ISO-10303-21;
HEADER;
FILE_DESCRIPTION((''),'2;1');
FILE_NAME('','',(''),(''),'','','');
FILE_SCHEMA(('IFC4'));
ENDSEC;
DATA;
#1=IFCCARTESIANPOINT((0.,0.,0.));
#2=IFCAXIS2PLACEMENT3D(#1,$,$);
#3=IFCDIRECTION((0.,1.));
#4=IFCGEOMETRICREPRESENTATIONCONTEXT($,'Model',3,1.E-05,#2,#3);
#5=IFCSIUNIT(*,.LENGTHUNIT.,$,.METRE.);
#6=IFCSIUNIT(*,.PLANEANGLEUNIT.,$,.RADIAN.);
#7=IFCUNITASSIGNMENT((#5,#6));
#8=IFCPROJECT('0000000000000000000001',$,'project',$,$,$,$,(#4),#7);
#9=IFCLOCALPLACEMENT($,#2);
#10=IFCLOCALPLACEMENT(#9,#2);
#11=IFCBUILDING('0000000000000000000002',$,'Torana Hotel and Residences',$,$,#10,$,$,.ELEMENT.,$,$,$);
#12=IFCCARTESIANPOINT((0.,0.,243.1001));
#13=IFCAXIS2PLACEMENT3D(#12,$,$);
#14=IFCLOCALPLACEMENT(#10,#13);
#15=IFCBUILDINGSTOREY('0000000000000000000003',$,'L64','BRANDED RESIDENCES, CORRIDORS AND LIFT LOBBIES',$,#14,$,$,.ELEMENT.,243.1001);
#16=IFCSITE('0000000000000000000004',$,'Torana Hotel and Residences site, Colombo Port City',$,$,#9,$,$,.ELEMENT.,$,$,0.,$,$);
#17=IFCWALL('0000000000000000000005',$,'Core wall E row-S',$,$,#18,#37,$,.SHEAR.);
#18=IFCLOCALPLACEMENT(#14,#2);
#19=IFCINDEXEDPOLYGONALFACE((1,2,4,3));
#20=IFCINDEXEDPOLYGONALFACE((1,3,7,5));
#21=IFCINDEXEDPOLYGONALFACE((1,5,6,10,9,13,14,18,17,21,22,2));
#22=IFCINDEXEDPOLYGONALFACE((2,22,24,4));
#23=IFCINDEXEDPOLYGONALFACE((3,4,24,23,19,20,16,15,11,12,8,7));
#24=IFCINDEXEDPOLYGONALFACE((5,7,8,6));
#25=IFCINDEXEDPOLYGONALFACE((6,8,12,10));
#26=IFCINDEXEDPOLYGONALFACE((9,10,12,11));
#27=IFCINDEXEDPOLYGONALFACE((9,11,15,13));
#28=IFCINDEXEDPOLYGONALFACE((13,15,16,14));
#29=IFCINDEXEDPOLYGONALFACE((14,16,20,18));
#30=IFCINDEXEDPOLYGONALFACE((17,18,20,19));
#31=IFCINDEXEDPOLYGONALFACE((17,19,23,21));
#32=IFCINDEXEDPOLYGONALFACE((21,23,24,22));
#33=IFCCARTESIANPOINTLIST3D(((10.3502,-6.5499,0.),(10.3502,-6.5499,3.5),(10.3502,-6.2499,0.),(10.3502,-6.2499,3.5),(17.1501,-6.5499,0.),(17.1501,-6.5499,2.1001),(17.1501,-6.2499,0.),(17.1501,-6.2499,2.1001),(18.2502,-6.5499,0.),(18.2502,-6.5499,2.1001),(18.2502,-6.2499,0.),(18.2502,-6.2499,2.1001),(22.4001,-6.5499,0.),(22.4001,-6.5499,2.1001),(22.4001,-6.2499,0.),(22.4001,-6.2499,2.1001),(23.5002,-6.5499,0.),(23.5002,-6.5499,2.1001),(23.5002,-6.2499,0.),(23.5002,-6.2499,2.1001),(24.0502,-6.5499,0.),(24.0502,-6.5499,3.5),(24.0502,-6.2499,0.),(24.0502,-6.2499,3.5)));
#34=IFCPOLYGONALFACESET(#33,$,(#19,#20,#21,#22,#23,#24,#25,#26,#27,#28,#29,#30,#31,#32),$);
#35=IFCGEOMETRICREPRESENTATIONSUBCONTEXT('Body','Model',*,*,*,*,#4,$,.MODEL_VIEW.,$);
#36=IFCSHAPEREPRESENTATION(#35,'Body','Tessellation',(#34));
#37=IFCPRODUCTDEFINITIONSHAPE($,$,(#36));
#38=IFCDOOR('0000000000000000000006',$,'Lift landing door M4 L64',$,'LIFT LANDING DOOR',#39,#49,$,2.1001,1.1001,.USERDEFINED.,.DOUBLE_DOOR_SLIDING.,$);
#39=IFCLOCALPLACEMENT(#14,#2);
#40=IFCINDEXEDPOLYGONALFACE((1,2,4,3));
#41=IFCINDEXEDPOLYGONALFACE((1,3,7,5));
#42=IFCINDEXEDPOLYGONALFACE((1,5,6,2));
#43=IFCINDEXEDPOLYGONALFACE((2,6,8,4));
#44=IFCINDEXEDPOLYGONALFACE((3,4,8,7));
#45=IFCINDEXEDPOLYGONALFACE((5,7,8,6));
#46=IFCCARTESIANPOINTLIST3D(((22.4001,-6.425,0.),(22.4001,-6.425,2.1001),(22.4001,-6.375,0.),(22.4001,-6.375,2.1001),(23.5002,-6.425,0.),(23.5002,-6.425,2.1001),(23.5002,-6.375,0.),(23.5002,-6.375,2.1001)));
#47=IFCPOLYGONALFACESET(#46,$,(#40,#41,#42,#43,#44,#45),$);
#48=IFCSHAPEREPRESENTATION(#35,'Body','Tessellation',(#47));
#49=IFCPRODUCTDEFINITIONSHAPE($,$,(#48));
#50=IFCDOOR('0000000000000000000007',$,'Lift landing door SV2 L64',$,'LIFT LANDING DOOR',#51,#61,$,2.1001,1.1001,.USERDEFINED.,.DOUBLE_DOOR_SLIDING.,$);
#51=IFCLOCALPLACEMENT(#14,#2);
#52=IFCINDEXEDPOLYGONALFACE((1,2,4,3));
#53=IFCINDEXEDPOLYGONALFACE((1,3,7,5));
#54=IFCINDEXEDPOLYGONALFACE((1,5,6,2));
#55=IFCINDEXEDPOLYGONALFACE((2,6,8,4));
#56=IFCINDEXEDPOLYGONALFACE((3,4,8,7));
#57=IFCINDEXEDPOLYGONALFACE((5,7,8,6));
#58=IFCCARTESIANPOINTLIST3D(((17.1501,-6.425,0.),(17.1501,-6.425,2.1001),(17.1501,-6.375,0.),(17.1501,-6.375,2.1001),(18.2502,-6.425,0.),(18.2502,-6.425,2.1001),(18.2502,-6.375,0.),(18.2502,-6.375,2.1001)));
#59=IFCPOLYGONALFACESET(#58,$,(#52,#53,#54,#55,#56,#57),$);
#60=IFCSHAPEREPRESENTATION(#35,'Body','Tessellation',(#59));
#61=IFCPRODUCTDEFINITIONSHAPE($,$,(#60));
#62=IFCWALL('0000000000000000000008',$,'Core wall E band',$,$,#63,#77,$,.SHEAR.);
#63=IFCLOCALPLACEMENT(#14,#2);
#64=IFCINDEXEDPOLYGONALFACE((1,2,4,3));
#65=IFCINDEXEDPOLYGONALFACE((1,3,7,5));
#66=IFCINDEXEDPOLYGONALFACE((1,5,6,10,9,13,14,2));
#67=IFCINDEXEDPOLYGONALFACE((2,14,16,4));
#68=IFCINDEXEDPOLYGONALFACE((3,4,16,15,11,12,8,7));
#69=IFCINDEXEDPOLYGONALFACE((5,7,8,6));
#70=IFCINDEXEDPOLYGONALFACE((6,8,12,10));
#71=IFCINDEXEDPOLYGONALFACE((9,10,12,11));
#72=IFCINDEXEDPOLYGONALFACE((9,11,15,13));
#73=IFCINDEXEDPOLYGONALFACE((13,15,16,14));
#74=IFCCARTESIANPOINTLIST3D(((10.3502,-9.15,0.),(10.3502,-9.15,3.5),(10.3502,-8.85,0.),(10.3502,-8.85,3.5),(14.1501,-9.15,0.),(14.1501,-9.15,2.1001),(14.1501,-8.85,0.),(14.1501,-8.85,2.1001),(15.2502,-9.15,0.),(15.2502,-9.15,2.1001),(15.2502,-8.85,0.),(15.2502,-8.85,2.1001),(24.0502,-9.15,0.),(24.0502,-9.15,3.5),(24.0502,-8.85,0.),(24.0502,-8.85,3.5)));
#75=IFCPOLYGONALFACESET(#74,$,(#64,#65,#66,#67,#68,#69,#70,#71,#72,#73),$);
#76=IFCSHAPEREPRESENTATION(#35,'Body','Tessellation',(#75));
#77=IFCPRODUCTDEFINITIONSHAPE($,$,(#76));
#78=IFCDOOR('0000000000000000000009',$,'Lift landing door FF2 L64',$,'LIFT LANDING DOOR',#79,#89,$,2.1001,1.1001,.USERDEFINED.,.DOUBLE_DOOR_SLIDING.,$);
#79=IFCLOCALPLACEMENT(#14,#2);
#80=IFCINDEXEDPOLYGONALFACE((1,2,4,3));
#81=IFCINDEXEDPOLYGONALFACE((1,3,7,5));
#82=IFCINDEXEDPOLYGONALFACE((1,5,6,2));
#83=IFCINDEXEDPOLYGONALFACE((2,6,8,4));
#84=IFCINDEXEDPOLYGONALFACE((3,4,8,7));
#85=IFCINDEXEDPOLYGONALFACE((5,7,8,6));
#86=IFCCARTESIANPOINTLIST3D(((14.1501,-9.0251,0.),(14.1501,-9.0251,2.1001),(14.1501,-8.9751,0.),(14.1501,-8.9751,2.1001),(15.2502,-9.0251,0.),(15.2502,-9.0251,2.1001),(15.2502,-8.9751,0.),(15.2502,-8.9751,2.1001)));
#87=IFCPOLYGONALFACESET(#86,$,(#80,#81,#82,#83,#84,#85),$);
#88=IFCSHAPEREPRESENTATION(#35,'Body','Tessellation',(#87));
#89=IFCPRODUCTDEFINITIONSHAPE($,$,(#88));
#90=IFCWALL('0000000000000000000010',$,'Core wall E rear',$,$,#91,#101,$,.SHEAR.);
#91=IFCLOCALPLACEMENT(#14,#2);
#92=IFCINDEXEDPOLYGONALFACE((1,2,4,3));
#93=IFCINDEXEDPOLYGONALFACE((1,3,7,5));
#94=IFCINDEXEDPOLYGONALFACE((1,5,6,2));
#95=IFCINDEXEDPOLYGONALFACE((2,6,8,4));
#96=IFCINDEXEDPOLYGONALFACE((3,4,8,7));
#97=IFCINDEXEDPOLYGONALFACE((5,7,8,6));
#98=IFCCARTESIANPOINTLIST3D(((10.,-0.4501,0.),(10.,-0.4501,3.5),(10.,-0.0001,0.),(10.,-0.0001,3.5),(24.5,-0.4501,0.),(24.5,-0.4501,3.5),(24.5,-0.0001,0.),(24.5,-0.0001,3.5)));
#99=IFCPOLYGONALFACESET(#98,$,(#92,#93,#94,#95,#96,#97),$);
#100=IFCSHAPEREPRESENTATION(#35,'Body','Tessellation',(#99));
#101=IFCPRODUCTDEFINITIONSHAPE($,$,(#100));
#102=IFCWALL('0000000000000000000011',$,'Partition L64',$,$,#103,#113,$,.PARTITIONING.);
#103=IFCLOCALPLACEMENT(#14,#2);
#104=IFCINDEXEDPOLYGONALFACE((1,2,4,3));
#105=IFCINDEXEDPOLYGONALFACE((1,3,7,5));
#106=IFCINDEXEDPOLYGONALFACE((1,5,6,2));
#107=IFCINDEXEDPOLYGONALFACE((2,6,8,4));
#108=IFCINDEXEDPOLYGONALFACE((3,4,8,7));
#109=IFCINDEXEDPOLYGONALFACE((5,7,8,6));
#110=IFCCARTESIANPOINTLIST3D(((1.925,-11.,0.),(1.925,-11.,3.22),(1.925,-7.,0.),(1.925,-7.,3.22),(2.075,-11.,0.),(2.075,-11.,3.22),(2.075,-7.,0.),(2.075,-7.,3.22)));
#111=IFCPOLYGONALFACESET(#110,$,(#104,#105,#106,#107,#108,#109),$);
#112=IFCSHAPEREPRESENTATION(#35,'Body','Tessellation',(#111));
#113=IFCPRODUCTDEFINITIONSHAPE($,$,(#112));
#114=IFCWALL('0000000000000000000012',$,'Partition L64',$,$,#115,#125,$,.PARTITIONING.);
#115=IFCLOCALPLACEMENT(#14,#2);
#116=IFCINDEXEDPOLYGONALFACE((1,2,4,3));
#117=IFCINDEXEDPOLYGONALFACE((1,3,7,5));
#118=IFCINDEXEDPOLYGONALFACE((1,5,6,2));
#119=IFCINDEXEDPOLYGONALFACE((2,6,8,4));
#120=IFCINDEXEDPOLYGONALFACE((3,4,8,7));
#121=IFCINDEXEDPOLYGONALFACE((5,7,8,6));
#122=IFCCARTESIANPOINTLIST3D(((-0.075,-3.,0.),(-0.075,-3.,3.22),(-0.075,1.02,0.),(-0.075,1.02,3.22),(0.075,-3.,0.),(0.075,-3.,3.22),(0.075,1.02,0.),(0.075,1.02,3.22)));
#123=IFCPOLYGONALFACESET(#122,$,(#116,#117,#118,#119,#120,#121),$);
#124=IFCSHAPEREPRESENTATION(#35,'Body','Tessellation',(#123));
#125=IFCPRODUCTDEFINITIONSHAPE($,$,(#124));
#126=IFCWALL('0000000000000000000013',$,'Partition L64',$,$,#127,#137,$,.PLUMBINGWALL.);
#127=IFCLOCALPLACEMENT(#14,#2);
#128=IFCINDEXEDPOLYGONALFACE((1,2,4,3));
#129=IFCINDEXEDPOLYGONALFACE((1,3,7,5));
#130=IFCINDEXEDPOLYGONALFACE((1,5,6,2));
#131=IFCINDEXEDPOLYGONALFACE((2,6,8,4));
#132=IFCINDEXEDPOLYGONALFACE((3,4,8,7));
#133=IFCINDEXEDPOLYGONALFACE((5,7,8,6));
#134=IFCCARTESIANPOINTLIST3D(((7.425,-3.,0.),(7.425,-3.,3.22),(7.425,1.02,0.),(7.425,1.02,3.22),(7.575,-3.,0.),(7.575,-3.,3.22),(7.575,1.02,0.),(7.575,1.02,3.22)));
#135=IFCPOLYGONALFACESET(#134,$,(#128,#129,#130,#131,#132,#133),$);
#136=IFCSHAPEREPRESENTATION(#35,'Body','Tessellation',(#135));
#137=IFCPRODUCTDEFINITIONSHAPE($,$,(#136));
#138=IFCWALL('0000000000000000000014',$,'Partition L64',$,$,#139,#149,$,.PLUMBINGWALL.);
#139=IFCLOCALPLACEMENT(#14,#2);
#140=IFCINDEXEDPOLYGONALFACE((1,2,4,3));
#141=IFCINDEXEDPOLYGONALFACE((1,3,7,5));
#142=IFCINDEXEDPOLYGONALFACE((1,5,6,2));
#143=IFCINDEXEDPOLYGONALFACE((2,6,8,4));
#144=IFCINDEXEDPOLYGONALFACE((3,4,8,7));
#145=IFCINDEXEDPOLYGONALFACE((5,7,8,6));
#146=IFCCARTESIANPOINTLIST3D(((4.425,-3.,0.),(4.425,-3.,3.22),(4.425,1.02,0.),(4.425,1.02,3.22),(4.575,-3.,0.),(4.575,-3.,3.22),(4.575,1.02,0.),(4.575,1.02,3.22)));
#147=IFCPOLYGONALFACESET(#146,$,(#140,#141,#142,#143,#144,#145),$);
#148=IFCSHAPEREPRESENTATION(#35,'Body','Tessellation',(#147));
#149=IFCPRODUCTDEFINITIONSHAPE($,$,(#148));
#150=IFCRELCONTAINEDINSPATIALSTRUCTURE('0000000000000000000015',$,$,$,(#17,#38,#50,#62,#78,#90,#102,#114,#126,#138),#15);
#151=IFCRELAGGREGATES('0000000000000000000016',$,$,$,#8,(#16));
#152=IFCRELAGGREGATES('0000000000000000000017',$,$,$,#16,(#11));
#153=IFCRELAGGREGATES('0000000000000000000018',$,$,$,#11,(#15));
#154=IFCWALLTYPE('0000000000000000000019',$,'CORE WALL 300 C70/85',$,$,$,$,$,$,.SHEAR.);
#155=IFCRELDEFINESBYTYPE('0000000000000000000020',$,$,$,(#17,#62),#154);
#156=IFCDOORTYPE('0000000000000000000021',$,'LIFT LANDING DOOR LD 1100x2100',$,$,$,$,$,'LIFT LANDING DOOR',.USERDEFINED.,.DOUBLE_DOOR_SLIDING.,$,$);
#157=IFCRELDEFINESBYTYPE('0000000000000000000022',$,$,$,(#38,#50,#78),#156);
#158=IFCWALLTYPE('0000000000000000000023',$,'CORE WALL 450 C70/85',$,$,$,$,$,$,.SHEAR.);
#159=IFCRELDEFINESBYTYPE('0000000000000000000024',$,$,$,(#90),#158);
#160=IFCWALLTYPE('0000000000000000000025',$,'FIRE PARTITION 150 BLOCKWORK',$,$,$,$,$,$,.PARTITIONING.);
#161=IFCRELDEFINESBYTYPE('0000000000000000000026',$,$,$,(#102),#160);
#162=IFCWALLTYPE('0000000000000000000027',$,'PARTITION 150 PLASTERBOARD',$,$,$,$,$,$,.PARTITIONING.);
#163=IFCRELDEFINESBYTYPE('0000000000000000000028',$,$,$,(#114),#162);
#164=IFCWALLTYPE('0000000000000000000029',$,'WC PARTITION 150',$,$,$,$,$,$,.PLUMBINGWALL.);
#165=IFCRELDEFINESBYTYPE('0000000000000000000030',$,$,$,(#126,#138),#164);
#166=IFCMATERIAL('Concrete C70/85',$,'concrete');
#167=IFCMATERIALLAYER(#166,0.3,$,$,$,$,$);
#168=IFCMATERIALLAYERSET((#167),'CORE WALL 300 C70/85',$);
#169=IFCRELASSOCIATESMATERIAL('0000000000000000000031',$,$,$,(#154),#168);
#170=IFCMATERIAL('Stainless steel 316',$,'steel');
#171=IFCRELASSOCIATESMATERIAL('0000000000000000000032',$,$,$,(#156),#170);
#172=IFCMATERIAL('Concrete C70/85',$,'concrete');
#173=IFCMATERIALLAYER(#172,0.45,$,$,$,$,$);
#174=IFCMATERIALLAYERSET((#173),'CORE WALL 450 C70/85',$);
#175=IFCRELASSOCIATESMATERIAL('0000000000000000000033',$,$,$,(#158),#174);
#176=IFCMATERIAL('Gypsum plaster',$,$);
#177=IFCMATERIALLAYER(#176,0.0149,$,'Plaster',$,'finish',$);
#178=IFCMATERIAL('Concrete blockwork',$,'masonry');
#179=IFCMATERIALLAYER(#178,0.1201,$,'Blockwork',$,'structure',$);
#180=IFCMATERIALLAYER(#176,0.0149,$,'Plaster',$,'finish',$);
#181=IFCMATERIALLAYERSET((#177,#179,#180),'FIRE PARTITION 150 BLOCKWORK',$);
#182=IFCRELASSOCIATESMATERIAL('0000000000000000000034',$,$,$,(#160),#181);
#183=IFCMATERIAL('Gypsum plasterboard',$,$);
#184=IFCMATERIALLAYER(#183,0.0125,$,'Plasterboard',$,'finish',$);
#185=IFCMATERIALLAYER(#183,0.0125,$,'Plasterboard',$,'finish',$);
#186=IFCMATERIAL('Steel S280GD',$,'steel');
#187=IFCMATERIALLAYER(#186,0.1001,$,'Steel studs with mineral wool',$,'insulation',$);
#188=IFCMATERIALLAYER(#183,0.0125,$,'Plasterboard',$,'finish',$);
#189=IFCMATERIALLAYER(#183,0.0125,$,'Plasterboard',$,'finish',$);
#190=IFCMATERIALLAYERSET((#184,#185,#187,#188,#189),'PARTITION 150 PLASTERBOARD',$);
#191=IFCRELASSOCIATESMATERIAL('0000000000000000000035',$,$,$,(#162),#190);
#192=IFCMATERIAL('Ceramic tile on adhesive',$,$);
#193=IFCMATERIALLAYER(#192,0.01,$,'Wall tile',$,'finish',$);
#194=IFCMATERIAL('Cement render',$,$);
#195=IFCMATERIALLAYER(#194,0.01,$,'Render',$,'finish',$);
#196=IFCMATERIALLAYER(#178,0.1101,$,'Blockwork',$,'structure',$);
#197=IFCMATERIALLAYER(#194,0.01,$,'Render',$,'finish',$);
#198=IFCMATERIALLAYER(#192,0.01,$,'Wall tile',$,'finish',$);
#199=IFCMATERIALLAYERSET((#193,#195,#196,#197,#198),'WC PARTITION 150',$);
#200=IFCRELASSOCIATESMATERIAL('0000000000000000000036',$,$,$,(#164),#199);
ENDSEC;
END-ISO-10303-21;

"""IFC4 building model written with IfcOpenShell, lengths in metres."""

from ifc_helpers import new_model, si_unit, direction, frame, frame_2d, origin, place, context, subcontext, project, spatial, rectangle, extrude, material, layer, layer_set, type_object, element, fill, save


model = new_model("IFC4")

# Units and contexts
model_context = context("Model", 3, precision=1e-05, world=origin(), true_north=direction((0.0, 1.0)))
body_context = subcontext(model_context, "Body", "Model", "MODEL_VIEW")
ifc_project = project(units=[si_unit("LENGTHUNIT", "METRE"), si_unit("PLANEANGLEUNIT", "RADIAN")], contexts=[model_context])

# Site, building, storey
site_placement = place(None, origin())
site = spatial("IfcSite", under=ifc_project, at=site_placement, Name="Torana Hotel and Residences site, Colombo Port City", CompositionType="ELEMENT", RefElevation=0.0)
building_placement = place(site_placement, origin())
building = spatial("IfcBuilding", under=site, at=building_placement, Name="Torana Hotel and Residences", CompositionType="ELEMENT")
storey_placement = place(building_placement, frame((0.0, 0.0, 243.1001)))
storey = spatial("IfcBuildingStorey", under=building, at=storey_placement, Name="L64", Description="BRANDED RESIDENCES, CORRIDORS AND LIFT LOBBIES", CompositionType="ELEMENT", Elevation=243.1001)

# Wall, openings, doors
ifc_material_1 = material(Name="Concrete C70/85", Category="concrete")
ifc_layer_1 = layer(ifc_material_1, 0.3)
ifc_layer_set_1 = layer_set([ifc_layer_1], Name="CORE WALL 300 C70/85")
wall_type_1 = type_object("IfcWallType", Name="CORE WALL 300 C70/85", PredefinedType="SHEAR", material=ifc_layer_set_1)
ifc_material_2 = material(Name="Stainless steel 316", Category="steel")
door_type_1 = type_object("IfcDoorType", Name="LIFT LANDING DOOR LD 1100x2100", ElementType="LIFT LANDING DOOR", OperationType="DOUBLE_DOOR_SLIDING", PredefinedType="USERDEFINED", material=ifc_material_2)
wall_1_placement = place(storey_placement, frame((10.3501, -6.3999, 0.0), z_axis=(0.0, 0.0, 1.0), x_axis=(1.0, 0.0, 0.0)))
wall_1 = element("IfcWall", 1, at=wall_1_placement, inside=storey, type_object=wall_type_1, Name="Core wall E row-S", PredefinedType="SHEAR", context=body_context, shape_type="SweptSolid", body=[
    extrude(rectangle(XDim=13.7, YDim=0.3, at=frame_2d((6.8501, 0.0))), origin(), (0.0, 0.0, 1.0), 3.5),
])
opening_1_placement = place(wall_1_placement, frame((12.05, 0.0, 0.0)))
opening_1 = element("IfcOpeningElement", 2, at=opening_1_placement, cuts=wall_1, PredefinedType="OPENING", context=body_context, shape_type="SweptSolid", body=[
    extrude(rectangle(XDim=1.1001, YDim=2.1001, at=frame_2d((0.55, 1.05))), frame((0.0, 0.1599, 0.0), z_axis=(0.0, -1.0, 0.0), x_axis=(1.0, 0.0, 0.0)), (0.0, 0.0, 1.0), 0.3201),
])
opening_2_placement = place(wall_1_placement, frame((6.8, 0.0, 0.0)))
opening_2 = element("IfcOpeningElement", 3, at=opening_2_placement, cuts=wall_1, PredefinedType="OPENING", context=body_context, shape_type="SweptSolid", body=[
    extrude(rectangle(XDim=1.1001, YDim=2.1001, at=frame_2d((0.55, 1.05))), frame((0.0, 0.1599, 0.0), z_axis=(0.0, -1.0, 0.0), x_axis=(1.0, 0.0, 0.0)), (0.0, 0.0, 1.0), 0.3201),
])
door_1_placement = place(opening_1_placement, origin())
door_1 = element("IfcDoor", 4, at=door_1_placement, inside=storey, type_object=door_type_1, Name="Lift landing door M4 L64", ObjectType="LIFT LANDING DOOR", OperationType="DOUBLE_DOOR_SLIDING", OverallHeight=2.1001, OverallWidth=1.1001, PredefinedType="USERDEFINED", context=body_context, shape_type="SweptSolid", body=[
    extrude(rectangle(XDim=1.1001, YDim=2.1001, at=frame_2d((0.55, 1.05))), frame((0.0, 0.0249, 0.0), z_axis=(0.0, -1.0, 0.0), x_axis=(1.0, 0.0, 0.0)), (0.0, 0.0, 1.0), 0.05),
])
fill(opening_1, door_1)
door_2_placement = place(opening_2_placement, origin())
door_2 = element("IfcDoor", 5, at=door_2_placement, inside=storey, type_object=door_type_1, Name="Lift landing door SV2 L64", ObjectType="LIFT LANDING DOOR", OperationType="DOUBLE_DOOR_SLIDING", OverallHeight=2.1001, OverallWidth=1.1001, PredefinedType="USERDEFINED", context=body_context, shape_type="SweptSolid", body=[
    extrude(rectangle(XDim=1.1001, YDim=2.1001, at=frame_2d((0.55, 1.05))), frame((0.0, 0.0249, 0.0), z_axis=(0.0, -1.0, 0.0), x_axis=(1.0, 0.0, 0.0)), (0.0, 0.0, 1.0), 0.05),
])
fill(opening_2, door_2)

# Wall, opening, door
wall_2_placement = place(storey_placement, frame((10.3501, -9.0, 0.0), z_axis=(0.0, 0.0, 1.0), x_axis=(1.0, 0.0, 0.0)))
wall_2 = element("IfcWall", 6, at=wall_2_placement, inside=storey, type_object=wall_type_1, Name="Core wall E band", PredefinedType="SHEAR", context=body_context, shape_type="SweptSolid", body=[
    extrude(rectangle(XDim=13.7, YDim=0.3, at=frame_2d((6.8501, 0.0))), origin(), (0.0, 0.0, 1.0), 3.5),
])
opening_3_placement = place(wall_2_placement, frame((3.8, 0.0, 0.0)))
opening_3 = element("IfcOpeningElement", 7, at=opening_3_placement, cuts=wall_2, PredefinedType="OPENING", context=body_context, shape_type="SweptSolid", body=[
    extrude(rectangle(XDim=1.1001, YDim=2.1001, at=frame_2d((0.55, 1.05))), frame((0.0, 0.1599, 0.0), z_axis=(0.0, -1.0, 0.0), x_axis=(1.0, 0.0, 0.0)), (0.0, 0.0, 1.0), 0.3201),
])
door_3_placement = place(opening_3_placement, origin())
door_3 = element("IfcDoor", 8, at=door_3_placement, inside=storey, type_object=door_type_1, Name="Lift landing door FF2 L64", ObjectType="LIFT LANDING DOOR", OperationType="DOUBLE_DOOR_SLIDING", OverallHeight=2.1001, OverallWidth=1.1001, PredefinedType="USERDEFINED", context=body_context, shape_type="SweptSolid", body=[
    extrude(rectangle(XDim=1.1001, YDim=2.1001, at=frame_2d((0.55, 1.05))), frame((0.0, 0.0249, 0.0), z_axis=(0.0, -1.0, 0.0), x_axis=(1.0, 0.0, 0.0)), (0.0, 0.0, 1.0), 0.05),
])
fill(opening_3, door_3)

# Walls
ifc_material_3 = material(Name="Concrete C70/85", Category="concrete")
ifc_layer_2 = layer(ifc_material_3, 0.45)
ifc_layer_set_2 = layer_set([ifc_layer_2], Name="CORE WALL 450 C70/85")
wall_type_2 = type_object("IfcWallType", Name="CORE WALL 450 C70/85", PredefinedType="SHEAR", material=ifc_layer_set_2)
wall_3_placement = place(storey_placement, frame((10.0, -0.2251, 0.0), z_axis=(0.0, 0.0, 1.0), x_axis=(1.0, 0.0, 0.0)))
element("IfcWall", 9, at=wall_3_placement, inside=storey, type_object=wall_type_2, Name="Core wall E rear", PredefinedType="SHEAR", context=body_context, shape_type="SweptSolid", body=[
    extrude(rectangle(XDim=14.5, YDim=0.45, at=frame_2d((7.25, 0.0))), origin(), (0.0, 0.0, 1.0), 3.5),
])
ifc_material_4 = material(Name="Gypsum plaster")
ifc_layer_3 = layer(ifc_material_4, 0.0149, Name="Plaster", Category="finish")
ifc_material_5 = material(Name="Concrete blockwork", Category="masonry")
ifc_layer_4 = layer(ifc_material_5, 0.1201, Name="Blockwork", Category="structure")
ifc_layer_5 = layer(ifc_material_4, 0.0149, Name="Plaster", Category="finish")
ifc_layer_set_3 = layer_set([ifc_layer_3, ifc_layer_4, ifc_layer_5], Name="FIRE PARTITION 150 BLOCKWORK")
wall_type_3 = type_object("IfcWallType", Name="FIRE PARTITION 150 BLOCKWORK", PredefinedType="PARTITIONING", material=ifc_layer_set_3)
wall_4_placement = place(storey_placement, frame((2.0, -11.0, 0.0), z_axis=(0.0, 0.0, 1.0), x_axis=(0.0, 1.0, 0.0)))
element("IfcWall", 10, at=wall_4_placement, inside=storey, type_object=wall_type_3, Name="Partition L64", PredefinedType="PARTITIONING", context=body_context, shape_type="SweptSolid", body=[
    extrude(rectangle(XDim=4.0, YDim=0.1499, at=frame_2d((2.0, 0.0))), origin(), (0.0, 0.0, 1.0), 3.22),
])
ifc_material_6 = material(Name="Gypsum plasterboard")
ifc_layer_6 = layer(ifc_material_6, 0.0125, Name="Plasterboard", Category="finish")
ifc_layer_7 = layer(ifc_material_6, 0.0125, Name="Plasterboard", Category="finish")
ifc_material_7 = material(Name="Steel S280GD", Category="steel")
ifc_layer_8 = layer(ifc_material_7, 0.1001, Name="Steel studs with mineral wool", Category="insulation")
ifc_layer_9 = layer(ifc_material_6, 0.0125, Name="Plasterboard", Category="finish")
ifc_layer_10 = layer(ifc_material_6, 0.0125, Name="Plasterboard", Category="finish")
ifc_layer_set_4 = layer_set([ifc_layer_6, ifc_layer_7, ifc_layer_8, ifc_layer_9, ifc_layer_10], Name="PARTITION 150 PLASTERBOARD")
wall_type_4 = type_object("IfcWallType", Name="PARTITION 150 PLASTERBOARD", PredefinedType="PARTITIONING", material=ifc_layer_set_4)
wall_5_placement = place(storey_placement, frame((0.0, -3.0, 0.0), z_axis=(0.0, 0.0, 1.0), x_axis=(0.0, 1.0, 0.0)))
element("IfcWall", 11, at=wall_5_placement, inside=storey, type_object=wall_type_4, Name="Partition L64", PredefinedType="PARTITIONING", context=body_context, shape_type="SweptSolid", body=[
    extrude(rectangle(XDim=4.02, YDim=0.1499, at=frame_2d((2.01, 0.0))), origin(), (0.0, 0.0, 1.0), 3.22),
])
ifc_material_8 = material(Name="Ceramic tile on adhesive")
ifc_layer_11 = layer(ifc_material_8, 0.01, Name="Wall tile", Category="finish")
ifc_material_9 = material(Name="Cement render")
ifc_layer_12 = layer(ifc_material_9, 0.01, Name="Render", Category="finish")
ifc_layer_13 = layer(ifc_material_5, 0.1101, Name="Blockwork", Category="structure")
ifc_layer_14 = layer(ifc_material_9, 0.01, Name="Render", Category="finish")
ifc_layer_15 = layer(ifc_material_8, 0.01, Name="Wall tile", Category="finish")
ifc_layer_set_5 = layer_set([ifc_layer_11, ifc_layer_12, ifc_layer_13, ifc_layer_14, ifc_layer_15], Name="WC PARTITION 150")
wall_type_5 = type_object("IfcWallType", Name="WC PARTITION 150", PredefinedType="PLUMBINGWALL", material=ifc_layer_set_5)
for number, where, z_axis, x_axis, name in (
    (12, (7.5, -3.0, 0.0), (0.0, 0.0, 1.0), (0.0, 1.0, 0.0), "Partition L64"),
    (13, (4.5, -3.0, 0.0), (0.0, 0.0, 1.0), (0.0, 1.0, 0.0), "Partition L64"),
):
    element("IfcWall", number, at=place(storey_placement, frame(where, z_axis=z_axis, x_axis=x_axis)), inside=storey, type_object=wall_type_5, Name=name, PredefinedType="PLUMBINGWALL", context=body_context, shape_type="SweptSolid", body=[
        extrude(rectangle(XDim=4.02, YDim=0.1499, at=frame_2d((2.01, 0.0))), origin(), (0.0, 0.0, 1.0), 3.22),
    ])

save(model, "model.ifc")
